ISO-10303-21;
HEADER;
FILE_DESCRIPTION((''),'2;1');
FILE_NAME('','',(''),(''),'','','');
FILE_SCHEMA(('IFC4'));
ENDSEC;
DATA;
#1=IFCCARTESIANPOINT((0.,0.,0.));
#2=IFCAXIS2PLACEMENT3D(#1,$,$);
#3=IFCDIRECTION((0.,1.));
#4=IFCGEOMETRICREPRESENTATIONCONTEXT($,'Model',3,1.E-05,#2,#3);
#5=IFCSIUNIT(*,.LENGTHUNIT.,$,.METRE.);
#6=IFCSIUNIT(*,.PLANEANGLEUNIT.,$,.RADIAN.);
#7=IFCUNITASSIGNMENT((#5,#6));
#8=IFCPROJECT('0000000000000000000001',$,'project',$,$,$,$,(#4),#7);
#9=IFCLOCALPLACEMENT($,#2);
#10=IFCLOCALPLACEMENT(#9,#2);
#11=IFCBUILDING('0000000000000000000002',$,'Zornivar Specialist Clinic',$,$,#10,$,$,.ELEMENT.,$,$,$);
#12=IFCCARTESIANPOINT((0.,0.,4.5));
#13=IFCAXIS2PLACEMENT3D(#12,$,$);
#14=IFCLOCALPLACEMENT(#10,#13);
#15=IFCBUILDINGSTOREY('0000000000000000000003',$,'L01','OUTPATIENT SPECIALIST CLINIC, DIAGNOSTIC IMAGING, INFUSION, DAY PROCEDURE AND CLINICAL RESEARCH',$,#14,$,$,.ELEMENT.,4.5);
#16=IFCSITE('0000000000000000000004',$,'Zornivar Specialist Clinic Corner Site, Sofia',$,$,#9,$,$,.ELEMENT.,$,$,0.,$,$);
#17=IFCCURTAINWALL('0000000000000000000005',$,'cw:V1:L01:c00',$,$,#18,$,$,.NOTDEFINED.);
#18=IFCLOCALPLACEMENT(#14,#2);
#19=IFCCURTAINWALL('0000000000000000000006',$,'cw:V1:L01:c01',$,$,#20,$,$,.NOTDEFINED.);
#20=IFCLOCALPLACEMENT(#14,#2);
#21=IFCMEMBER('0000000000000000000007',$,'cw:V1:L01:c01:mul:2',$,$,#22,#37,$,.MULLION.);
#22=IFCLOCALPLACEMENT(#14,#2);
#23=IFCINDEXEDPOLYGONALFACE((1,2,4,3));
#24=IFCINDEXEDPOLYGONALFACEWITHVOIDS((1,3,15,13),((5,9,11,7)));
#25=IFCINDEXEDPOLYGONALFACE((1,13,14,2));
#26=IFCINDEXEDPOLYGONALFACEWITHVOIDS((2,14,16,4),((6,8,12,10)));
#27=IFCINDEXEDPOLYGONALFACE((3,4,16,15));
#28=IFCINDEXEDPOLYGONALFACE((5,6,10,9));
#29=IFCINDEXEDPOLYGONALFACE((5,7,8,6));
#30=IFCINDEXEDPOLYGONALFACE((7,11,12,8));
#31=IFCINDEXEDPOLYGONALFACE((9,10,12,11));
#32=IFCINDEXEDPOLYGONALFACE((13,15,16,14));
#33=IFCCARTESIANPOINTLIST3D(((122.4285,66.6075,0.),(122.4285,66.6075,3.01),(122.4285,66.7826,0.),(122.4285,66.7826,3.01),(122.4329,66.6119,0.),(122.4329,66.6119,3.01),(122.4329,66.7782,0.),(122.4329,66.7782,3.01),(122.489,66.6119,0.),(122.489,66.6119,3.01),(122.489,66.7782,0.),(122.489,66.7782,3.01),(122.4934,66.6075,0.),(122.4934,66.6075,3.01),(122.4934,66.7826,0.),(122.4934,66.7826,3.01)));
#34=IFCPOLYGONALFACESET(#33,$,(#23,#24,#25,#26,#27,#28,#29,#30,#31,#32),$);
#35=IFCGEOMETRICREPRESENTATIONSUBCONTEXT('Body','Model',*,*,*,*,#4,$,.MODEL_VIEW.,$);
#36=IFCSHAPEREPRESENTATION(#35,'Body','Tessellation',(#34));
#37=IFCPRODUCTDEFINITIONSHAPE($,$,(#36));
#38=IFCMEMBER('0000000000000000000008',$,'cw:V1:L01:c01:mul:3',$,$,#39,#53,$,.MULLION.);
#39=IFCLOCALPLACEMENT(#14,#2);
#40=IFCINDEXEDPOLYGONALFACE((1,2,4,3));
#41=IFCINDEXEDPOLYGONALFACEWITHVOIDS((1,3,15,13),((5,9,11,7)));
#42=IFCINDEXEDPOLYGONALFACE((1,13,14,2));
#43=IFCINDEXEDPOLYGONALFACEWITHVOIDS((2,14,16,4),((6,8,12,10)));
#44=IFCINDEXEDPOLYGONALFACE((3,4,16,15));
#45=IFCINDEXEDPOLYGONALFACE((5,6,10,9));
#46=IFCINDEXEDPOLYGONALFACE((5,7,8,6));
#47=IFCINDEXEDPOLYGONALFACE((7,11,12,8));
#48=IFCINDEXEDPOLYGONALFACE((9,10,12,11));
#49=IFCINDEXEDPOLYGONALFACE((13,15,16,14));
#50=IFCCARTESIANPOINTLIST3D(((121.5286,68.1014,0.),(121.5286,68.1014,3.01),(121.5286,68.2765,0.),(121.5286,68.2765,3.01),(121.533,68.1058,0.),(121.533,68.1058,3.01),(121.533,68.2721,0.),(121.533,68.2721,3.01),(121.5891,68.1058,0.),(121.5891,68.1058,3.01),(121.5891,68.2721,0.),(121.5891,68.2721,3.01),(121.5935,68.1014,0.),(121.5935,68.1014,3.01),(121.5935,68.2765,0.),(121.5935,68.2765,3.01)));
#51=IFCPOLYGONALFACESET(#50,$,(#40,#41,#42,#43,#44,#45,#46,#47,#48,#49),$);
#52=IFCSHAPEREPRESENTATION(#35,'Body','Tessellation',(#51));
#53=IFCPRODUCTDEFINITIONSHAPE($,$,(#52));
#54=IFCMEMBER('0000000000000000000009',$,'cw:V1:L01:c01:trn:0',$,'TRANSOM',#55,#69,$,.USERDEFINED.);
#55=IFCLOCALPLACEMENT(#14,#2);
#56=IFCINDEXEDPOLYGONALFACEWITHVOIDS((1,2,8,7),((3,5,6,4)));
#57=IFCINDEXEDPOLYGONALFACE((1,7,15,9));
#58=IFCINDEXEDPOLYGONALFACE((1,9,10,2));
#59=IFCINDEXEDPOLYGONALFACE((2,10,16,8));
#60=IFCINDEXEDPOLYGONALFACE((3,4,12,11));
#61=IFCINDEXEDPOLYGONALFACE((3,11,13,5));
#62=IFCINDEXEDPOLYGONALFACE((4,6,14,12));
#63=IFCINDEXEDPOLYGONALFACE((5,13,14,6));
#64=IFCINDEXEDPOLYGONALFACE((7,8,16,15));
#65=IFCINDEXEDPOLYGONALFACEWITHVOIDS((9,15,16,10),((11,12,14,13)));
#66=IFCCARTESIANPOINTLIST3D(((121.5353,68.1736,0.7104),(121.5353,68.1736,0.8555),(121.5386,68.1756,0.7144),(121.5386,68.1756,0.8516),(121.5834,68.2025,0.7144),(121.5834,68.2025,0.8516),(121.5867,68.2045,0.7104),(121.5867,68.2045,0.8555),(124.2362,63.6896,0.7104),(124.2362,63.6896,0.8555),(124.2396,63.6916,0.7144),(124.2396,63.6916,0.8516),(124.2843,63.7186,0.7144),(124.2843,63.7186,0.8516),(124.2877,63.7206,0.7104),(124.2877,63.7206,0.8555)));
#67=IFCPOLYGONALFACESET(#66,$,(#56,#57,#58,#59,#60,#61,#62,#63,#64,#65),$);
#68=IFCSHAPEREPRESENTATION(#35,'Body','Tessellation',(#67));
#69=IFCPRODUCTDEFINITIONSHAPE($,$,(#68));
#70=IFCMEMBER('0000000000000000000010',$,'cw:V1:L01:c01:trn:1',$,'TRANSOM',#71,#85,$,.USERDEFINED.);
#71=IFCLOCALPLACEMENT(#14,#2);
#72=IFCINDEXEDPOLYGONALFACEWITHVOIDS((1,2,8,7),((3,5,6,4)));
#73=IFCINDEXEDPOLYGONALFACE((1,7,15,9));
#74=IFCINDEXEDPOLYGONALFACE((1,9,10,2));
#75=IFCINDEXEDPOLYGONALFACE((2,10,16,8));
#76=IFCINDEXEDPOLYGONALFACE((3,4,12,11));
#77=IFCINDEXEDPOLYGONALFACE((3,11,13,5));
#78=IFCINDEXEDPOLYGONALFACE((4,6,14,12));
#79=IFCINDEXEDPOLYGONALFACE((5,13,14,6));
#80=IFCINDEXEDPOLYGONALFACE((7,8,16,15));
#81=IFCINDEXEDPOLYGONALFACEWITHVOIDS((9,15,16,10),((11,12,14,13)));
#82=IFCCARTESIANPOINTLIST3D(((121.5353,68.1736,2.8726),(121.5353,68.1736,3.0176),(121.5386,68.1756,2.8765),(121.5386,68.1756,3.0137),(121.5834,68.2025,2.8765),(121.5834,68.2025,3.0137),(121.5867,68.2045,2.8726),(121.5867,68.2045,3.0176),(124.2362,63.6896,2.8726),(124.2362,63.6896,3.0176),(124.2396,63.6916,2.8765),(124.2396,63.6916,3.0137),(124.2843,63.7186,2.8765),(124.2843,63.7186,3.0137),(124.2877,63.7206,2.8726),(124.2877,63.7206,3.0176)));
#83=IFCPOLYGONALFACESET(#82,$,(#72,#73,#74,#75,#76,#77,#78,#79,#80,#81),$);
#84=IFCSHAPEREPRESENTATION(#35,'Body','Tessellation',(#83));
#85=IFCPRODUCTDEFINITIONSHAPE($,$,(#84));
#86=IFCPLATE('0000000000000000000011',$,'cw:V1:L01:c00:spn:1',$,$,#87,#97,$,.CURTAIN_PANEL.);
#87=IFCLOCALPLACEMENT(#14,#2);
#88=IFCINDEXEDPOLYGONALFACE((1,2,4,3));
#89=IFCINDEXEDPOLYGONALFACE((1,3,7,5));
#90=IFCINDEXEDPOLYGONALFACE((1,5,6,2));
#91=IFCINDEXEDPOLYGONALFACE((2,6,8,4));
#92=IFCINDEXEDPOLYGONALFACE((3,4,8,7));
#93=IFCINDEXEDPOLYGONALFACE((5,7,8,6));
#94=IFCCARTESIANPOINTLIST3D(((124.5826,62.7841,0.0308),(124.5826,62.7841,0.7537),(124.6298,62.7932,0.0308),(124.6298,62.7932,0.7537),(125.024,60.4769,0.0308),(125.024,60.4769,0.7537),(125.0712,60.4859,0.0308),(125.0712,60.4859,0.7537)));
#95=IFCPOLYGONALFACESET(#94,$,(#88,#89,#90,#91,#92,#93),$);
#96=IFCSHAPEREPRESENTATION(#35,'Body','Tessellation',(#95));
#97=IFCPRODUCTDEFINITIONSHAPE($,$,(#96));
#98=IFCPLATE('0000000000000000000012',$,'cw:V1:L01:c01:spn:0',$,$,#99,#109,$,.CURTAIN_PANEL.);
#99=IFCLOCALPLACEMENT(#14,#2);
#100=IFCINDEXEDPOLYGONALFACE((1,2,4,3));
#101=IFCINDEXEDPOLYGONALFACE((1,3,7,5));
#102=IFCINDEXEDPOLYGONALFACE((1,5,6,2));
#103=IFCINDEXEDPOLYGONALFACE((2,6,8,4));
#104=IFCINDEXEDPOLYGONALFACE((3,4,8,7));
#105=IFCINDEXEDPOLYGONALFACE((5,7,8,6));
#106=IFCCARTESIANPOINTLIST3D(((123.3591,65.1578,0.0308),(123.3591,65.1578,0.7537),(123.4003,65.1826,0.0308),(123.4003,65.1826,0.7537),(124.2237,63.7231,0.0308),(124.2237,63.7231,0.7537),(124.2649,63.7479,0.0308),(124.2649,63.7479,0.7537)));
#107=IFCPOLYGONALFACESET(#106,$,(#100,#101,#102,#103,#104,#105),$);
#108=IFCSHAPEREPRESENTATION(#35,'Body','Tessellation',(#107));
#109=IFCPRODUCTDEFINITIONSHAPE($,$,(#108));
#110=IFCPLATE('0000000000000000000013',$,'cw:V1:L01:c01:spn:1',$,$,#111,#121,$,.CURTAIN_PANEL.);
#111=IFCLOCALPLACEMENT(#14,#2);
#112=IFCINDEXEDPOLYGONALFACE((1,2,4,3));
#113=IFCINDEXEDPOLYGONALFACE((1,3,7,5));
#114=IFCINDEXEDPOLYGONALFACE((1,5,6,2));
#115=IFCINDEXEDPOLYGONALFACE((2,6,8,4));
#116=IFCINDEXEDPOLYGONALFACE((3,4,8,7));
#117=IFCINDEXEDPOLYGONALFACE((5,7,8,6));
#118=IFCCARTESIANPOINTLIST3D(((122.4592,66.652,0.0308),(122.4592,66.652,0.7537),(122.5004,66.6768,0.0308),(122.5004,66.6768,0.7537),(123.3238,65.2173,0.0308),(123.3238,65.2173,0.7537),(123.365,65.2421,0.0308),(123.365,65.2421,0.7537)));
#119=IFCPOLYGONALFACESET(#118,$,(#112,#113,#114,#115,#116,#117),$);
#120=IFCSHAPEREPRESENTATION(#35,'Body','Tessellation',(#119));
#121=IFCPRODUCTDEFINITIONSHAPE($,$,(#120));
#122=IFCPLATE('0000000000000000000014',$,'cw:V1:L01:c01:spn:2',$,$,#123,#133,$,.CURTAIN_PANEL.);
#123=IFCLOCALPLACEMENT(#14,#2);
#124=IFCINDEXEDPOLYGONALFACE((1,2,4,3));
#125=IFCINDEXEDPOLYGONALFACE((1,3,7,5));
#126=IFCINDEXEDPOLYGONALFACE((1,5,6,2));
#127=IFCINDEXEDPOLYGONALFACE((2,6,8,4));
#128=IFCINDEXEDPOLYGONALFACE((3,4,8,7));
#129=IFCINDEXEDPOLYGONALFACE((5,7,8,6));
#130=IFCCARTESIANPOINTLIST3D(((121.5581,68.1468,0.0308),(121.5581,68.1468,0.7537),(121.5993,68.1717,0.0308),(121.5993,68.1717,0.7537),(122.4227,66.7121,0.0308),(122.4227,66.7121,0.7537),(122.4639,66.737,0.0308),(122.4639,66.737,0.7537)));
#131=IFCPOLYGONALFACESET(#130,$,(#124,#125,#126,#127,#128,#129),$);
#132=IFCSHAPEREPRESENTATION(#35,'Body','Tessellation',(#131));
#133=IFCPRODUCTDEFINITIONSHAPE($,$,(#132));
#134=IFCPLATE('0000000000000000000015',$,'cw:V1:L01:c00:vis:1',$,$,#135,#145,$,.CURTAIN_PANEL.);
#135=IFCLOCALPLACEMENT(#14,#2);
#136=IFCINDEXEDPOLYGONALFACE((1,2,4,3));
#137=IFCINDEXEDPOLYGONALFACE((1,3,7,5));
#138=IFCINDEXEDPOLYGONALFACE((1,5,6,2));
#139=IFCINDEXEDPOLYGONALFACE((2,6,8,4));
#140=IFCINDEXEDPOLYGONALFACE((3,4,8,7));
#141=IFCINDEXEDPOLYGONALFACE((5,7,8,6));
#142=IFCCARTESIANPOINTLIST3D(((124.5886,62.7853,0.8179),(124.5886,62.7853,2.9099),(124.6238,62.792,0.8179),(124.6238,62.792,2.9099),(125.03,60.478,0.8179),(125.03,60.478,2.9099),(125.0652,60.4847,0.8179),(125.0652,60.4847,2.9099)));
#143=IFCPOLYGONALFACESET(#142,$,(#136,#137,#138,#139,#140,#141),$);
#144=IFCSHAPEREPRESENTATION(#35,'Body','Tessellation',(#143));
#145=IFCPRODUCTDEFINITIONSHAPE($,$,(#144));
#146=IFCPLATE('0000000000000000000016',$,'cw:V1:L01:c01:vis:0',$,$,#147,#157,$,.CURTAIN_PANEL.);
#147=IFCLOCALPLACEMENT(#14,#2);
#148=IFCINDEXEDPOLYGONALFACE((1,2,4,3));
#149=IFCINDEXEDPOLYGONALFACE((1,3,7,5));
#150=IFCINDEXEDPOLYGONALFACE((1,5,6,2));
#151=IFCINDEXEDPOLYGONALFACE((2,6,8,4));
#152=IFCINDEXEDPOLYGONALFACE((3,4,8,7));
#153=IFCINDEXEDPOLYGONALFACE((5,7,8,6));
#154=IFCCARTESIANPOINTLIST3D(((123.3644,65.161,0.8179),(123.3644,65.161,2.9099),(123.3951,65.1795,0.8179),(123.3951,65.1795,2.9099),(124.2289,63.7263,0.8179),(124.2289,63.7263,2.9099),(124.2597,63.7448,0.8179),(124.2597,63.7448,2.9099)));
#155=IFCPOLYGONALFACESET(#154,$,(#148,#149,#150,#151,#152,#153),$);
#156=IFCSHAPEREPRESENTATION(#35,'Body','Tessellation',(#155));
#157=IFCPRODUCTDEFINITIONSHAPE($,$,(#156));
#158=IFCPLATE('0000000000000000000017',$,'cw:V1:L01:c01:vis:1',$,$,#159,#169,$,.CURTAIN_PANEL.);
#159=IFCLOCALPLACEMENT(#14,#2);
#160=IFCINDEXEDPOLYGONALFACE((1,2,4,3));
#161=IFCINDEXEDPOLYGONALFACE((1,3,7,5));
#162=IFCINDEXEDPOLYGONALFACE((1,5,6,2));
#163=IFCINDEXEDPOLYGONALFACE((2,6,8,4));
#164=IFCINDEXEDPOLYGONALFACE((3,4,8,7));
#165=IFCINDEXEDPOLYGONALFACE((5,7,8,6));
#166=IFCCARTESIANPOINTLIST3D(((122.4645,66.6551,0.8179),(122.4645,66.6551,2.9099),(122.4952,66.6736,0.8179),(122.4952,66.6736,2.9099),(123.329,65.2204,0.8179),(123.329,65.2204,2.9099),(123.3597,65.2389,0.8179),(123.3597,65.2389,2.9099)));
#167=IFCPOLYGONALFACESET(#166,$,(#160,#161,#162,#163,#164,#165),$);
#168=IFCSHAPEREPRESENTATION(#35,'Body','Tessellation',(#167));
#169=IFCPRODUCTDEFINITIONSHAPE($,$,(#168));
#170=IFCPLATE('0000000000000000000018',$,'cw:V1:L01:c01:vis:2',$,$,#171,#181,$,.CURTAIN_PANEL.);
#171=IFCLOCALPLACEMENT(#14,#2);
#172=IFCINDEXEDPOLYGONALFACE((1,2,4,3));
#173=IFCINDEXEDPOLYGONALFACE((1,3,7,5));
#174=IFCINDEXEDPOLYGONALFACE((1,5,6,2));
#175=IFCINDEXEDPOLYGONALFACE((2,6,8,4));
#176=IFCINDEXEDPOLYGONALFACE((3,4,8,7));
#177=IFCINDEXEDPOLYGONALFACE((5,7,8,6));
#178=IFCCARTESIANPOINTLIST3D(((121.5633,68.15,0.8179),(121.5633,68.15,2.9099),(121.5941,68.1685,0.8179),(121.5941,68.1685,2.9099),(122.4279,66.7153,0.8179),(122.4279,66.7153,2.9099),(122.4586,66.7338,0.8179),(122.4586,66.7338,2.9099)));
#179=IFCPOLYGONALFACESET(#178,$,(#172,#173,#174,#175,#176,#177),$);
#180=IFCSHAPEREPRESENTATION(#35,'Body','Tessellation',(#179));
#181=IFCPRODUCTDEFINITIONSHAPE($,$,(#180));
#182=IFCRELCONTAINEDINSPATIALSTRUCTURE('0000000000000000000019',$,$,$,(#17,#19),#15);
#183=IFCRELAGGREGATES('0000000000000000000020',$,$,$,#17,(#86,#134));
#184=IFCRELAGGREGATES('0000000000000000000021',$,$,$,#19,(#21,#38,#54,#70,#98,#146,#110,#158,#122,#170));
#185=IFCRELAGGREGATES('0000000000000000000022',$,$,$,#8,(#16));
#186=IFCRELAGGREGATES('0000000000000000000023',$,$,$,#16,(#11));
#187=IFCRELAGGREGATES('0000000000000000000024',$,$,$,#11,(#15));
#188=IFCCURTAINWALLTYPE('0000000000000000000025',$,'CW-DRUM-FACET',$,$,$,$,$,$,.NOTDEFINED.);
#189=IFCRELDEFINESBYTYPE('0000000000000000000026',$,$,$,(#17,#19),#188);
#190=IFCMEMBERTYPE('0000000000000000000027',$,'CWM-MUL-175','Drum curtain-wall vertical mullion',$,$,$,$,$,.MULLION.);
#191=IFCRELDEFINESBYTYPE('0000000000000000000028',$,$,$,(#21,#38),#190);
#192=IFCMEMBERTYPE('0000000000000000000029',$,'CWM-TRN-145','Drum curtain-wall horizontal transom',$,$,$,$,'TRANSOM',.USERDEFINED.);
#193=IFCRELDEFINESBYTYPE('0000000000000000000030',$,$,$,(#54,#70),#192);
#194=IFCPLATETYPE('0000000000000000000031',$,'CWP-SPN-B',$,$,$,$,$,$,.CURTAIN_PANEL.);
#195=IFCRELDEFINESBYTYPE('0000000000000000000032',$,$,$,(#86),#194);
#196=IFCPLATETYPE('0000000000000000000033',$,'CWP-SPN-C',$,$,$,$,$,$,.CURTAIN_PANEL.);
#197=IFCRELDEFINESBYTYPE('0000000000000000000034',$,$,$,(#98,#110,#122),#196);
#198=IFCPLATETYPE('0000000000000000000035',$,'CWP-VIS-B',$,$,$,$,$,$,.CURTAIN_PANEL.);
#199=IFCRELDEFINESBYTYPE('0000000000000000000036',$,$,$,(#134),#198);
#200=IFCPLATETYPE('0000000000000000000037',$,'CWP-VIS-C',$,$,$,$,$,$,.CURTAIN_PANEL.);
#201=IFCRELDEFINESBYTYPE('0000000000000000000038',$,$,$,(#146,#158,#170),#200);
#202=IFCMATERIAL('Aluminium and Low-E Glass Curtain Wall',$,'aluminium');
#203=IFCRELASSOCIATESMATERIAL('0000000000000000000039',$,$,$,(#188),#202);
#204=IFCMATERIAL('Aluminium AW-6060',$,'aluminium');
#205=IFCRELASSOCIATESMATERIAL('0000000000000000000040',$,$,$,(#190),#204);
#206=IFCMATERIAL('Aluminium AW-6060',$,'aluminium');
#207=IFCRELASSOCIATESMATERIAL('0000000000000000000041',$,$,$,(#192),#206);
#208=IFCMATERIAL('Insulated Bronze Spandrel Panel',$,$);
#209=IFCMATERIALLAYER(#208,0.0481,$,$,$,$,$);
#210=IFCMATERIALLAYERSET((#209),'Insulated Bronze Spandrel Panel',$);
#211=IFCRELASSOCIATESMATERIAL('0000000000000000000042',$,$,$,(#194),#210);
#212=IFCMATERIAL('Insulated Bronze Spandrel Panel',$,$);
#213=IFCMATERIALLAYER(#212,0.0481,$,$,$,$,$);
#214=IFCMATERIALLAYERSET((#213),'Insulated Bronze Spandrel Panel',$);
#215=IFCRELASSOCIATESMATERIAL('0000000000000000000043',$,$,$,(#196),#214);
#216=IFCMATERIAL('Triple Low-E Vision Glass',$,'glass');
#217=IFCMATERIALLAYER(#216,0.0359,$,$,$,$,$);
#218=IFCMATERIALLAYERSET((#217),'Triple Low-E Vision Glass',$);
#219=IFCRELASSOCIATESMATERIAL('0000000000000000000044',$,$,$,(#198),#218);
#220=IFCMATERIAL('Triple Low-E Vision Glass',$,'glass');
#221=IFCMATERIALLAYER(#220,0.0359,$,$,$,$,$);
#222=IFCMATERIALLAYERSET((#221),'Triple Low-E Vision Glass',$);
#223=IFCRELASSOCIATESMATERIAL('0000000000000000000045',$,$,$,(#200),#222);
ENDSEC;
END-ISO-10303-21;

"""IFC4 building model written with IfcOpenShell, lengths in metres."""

from ifc_helpers import new_model, si_unit, direction, frame, origin, origin_2d, place, context, subcontext, project, spatial, rectangle, hollow_rectangle, extrude, material, layer, layer_set, material_profile, profile_set, type_object, element, aggregate, save


model = new_model("IFC4")

# Units and contexts
model_context = context("Model", 3, precision=1e-05, world=origin(), true_north=direction((0.0, 1.0)))
body_context = subcontext(model_context, "Body", "Model", "MODEL_VIEW")
ifc_project = project(units=[si_unit("LENGTHUNIT", "METRE"), si_unit("PLANEANGLEUNIT", "RADIAN")], contexts=[model_context])

# Site, building, storey
site_placement = place(None, origin())
site = spatial("IfcSite", under=ifc_project, at=site_placement, Name="Zornivar Specialist Clinic Corner Site, Sofia", CompositionType="ELEMENT", RefElevation=0.0)
building_placement = place(site_placement, origin())
building = spatial("IfcBuilding", under=site, at=building_placement, Name="Zornivar Specialist Clinic", CompositionType="ELEMENT")
storey_placement = place(building_placement, frame((0.0, 0.0, 4.5)))
storey = spatial("IfcBuildingStorey", under=building, at=storey_placement, Name="L01", Description="OUTPATIENT SPECIALIST CLINIC, DIAGNOSTIC IMAGING, INFUSION, DAY PROCEDURE AND CLINICAL RESEARCH", CompositionType="ELEMENT", Elevation=4.5)

# Curtain wall
ifc_material_1 = material(Name="Aluminium and Low-E Glass Curtain Wall", Category="aluminium")
curtain_wall_type = type_object("IfcCurtainWallType", Name="CW-DRUM-FACET", PredefinedType="NOTDEFINED", material=ifc_material_1)
curtain_wall_1_placement = place(storey_placement, origin())
curtain_wall_1 = element("IfcCurtainWall", 1, at=curtain_wall_1_placement, inside=storey, type_object=curtain_wall_type, Name="cw:V1:L01:c00", PredefinedType="NOTDEFINED")
ifc_material_2 = material(Name="Aluminium AW-6060", Category="aluminium")
ifc_material_profile_1 = material_profile(ifc_material_2, hollow_rectangle(XDim=0.0649, YDim=0.175, WallThickness=0.0044, at=origin_2d()), Name="ALU 65x175x4.5")
ifc_profile_set_1 = profile_set([ifc_material_profile_1], Name="Aluminium AW-6060")
member_type_1 = type_object("IfcMemberType", Name="CWM-MUL-175", Description="Drum curtain-wall vertical mullion", PredefinedType="MULLION", material=ifc_profile_set_1)

# Curtain wall, members
curtain_wall_2_placement = place(storey_placement, origin())
curtain_wall_2 = element("IfcCurtainWall", 2, at=curtain_wall_2_placement, inside=storey, type_object=curtain_wall_type, Name="cw:V1:L01:c01", PredefinedType="NOTDEFINED")
member_1_placement = place(storey_placement, frame((122.4609, 66.6951, 0.0), z_axis=(0.0, 0.0, 1.0), x_axis=(1.0, 0.0, 0.0)))
member_1 = element("IfcMember", 3, at=member_1_placement, type_object=member_type_1, Name="cw:V1:L01:c01:mul:2", PredefinedType="MULLION", context=body_context, shape_type="SweptSolid", body=[
    extrude(hollow_rectangle(XDim=0.0649, YDim=0.175, WallThickness=0.0044, at=origin_2d()), origin(), (0.0, 0.0, 1.0), 3.01),
])
member_2_placement = place(storey_placement, frame((121.561, 68.189, 0.0), z_axis=(0.0, 0.0, 1.0), x_axis=(1.0, 0.0, 0.0)))
member_2 = element("IfcMember", 4, at=member_2_placement, type_object=member_type_1, Name="cw:V1:L01:c01:mul:3", PredefinedType="MULLION", context=body_context, shape_type="SweptSolid", body=[
    extrude(hollow_rectangle(XDim=0.0649, YDim=0.175, WallThickness=0.0044, at=origin_2d()), origin(), (0.0, 0.0, 1.0), 3.01),
])
ifc_material_3 = material(Name="Aluminium AW-6060", Category="aluminium")
ifc_material_profile_2 = material_profile(ifc_material_3, hollow_rectangle(XDim=0.0601, YDim=0.145, WallThickness=0.0039, at=origin_2d()), Name="ALU 60x145x4")
ifc_profile_set_2 = profile_set([ifc_material_profile_2], Name="Aluminium AW-6060")
member_type_2 = type_object("IfcMemberType", Name="CWM-TRN-145", Description="Drum curtain-wall horizontal transom", ElementType="TRANSOM", PredefinedType="USERDEFINED", material=ifc_profile_set_2)
member_3_placement = place(storey_placement, frame((124.262, 63.7051, 0.783), z_axis=(-0.515983, 0.856599, 0.0), x_axis=(-0.856599, -0.515983, 0.0)))
member_3 = element("IfcMember", 5, at=member_3_placement, type_object=member_type_2, Name="cw:V1:L01:c01:trn:0", ObjectType="TRANSOM", PredefinedType="USERDEFINED", context=body_context, shape_type="SweptSolid", body=[
    extrude(hollow_rectangle(XDim=0.0601, YDim=0.145, WallThickness=0.0039, at=origin_2d()), origin(), (0.0, 0.0, 1.0), 5.2346),
])
member_4_placement = place(storey_placement, frame((124.262, 63.7051, 2.9451), z_axis=(-0.515983, 0.856599, 0.0), x_axis=(-0.856599, -0.515983, 0.0)))
member_4 = element("IfcMember", 6, at=member_4_placement, type_object=member_type_2, Name="cw:V1:L01:c01:trn:1", ObjectType="TRANSOM", PredefinedType="USERDEFINED", context=body_context, shape_type="SweptSolid", body=[
    extrude(hollow_rectangle(XDim=0.0601, YDim=0.145, WallThickness=0.0039, at=origin_2d()), origin(), (0.0, 0.0, 1.0), 5.2346),
])

# Plates
ifc_material_4 = material(Name="Insulated Bronze Spandrel Panel")
ifc_layer_1 = layer(ifc_material_4, 0.0481)
ifc_layer_set_1 = layer_set([ifc_layer_1], Name="Insulated Bronze Spandrel Panel")
plate_type_1 = type_object("IfcPlateType", Name="CWP-SPN-B", PredefinedType="CURTAIN_PANEL", material=ifc_layer_set_1)
plate_1_placement = place(storey_placement, frame((124.8269, 61.635, 0.0308), z_axis=(0.0, 0.0, 1.0), x_axis=(-0.187897, 0.982189, 0.0)))
plate_1 = element("IfcPlate", 7, at=plate_1_placement, type_object=plate_type_1, Name="cw:V1:L01:c00:spn:1", PredefinedType="CURTAIN_PANEL", context=body_context, shape_type="SweptSolid", body=[
    extrude(rectangle(XDim=2.3491, YDim=0.0481, at=origin_2d()), origin(), (0.0, 0.0, 1.0), 0.7229),
])
ifc_material_5 = material(Name="Insulated Bronze Spandrel Panel")
ifc_layer_2 = layer(ifc_material_5, 0.0481)
ifc_layer_set_2 = layer_set([ifc_layer_2], Name="Insulated Bronze Spandrel Panel")
plate_type_2 = type_object("IfcPlateType", Name="CWP-SPN-C", PredefinedType="CURTAIN_PANEL", material=ifc_layer_set_2)
plate_2_placement = place(storey_placement, frame((123.812, 64.4529, 0.0308), z_axis=(0.0, 0.0, 1.0), x_axis=(-0.516127, 0.856512, 0.0)))
plate_2 = element("IfcPlate", 8, at=plate_2_placement, type_object=plate_type_2, Name="cw:V1:L01:c01:spn:0", PredefinedType="CURTAIN_PANEL", context=body_context, shape_type="SweptSolid", body=[
    extrude(rectangle(XDim=1.675, YDim=0.0481, at=origin_2d()), origin(), (0.0, 0.0, 1.0), 0.7229),
])
plate_3_placement = place(storey_placement, frame((122.9121, 65.947, 0.0308), z_axis=(0.0, 0.0, 1.0), x_axis=(-0.516127, 0.856512, 0.0)))
plate_3 = element("IfcPlate", 9, at=plate_3_placement, type_object=plate_type_2, Name="cw:V1:L01:c01:spn:1", PredefinedType="CURTAIN_PANEL", context=body_context, shape_type="SweptSolid", body=[
    extrude(rectangle(XDim=1.675, YDim=0.0481, at=origin_2d()), origin(), (0.0, 0.0, 1.0), 0.7229),
])
plate_4_placement = place(storey_placement, frame((122.011, 67.4419, 0.0308), z_axis=(0.0, 0.0, 1.0), x_axis=(-0.516127, 0.856512, 0.0)))
plate_4 = element("IfcPlate", 10, at=plate_4_placement, type_object=plate_type_2, Name="cw:V1:L01:c01:spn:2", PredefinedType="CURTAIN_PANEL", context=body_context, shape_type="SweptSolid", body=[
    extrude(rectangle(XDim=1.675, YDim=0.0481, at=origin_2d()), origin(), (0.0, 0.0, 1.0), 0.7229),
])
ifc_material_6 = material(Name="Triple Low-E Vision Glass", Category="glass")
ifc_layer_3 = layer(ifc_material_6, 0.0359)
ifc_layer_set_3 = layer_set([ifc_layer_3], Name="Triple Low-E Vision Glass")
plate_type_3 = type_object("IfcPlateType", Name="CWP-VIS-B", PredefinedType="CURTAIN_PANEL", material=ifc_layer_set_3)
plate_5_placement = place(storey_placement, frame((124.8269, 61.635, 0.8179), z_axis=(0.0, 0.0, 1.0), x_axis=(-0.187897, 0.982189, 0.0)))
plate_5 = element("IfcPlate", 11, at=plate_5_placement, type_object=plate_type_3, Name="cw:V1:L01:c00:vis:1", PredefinedType="CURTAIN_PANEL", context=body_context, shape_type="SweptSolid", body=[
    extrude(rectangle(XDim=2.3491, YDim=0.0359, at=origin_2d()), origin(), (0.0, 0.0, 1.0), 2.092),
])
aggregate(curtain_wall_1, [plate_1, plate_5])
ifc_material_7 = material(Name="Triple Low-E Vision Glass", Category="glass")
ifc_layer_4 = layer(ifc_material_7, 0.0359)
ifc_layer_set_4 = layer_set([ifc_layer_4], Name="Triple Low-E Vision Glass")
plate_type_4 = type_object("IfcPlateType", Name="CWP-VIS-C", PredefinedType="CURTAIN_PANEL", material=ifc_layer_set_4)
plate_6_placement = place(storey_placement, frame((123.812, 64.4529, 0.8179), z_axis=(0.0, 0.0, 1.0), x_axis=(-0.516127, 0.856512, 0.0)))
plate_6 = element("IfcPlate", 12, at=plate_6_placement, type_object=plate_type_4, Name="cw:V1:L01:c01:vis:0", PredefinedType="CURTAIN_PANEL", context=body_context, shape_type="SweptSolid", body=[
    extrude(rectangle(XDim=1.675, YDim=0.0359, at=origin_2d()), origin(), (0.0, 0.0, 1.0), 2.092),
])
plate_7_placement = place(storey_placement, frame((122.9121, 65.947, 0.8179), z_axis=(0.0, 0.0, 1.0), x_axis=(-0.516127, 0.856512, 0.0)))
plate_7 = element("IfcPlate", 13, at=plate_7_placement, type_object=plate_type_4, Name="cw:V1:L01:c01:vis:1", PredefinedType="CURTAIN_PANEL", context=body_context, shape_type="SweptSolid", body=[
    extrude(rectangle(XDim=1.675, YDim=0.0359, at=origin_2d()), origin(), (0.0, 0.0, 1.0), 2.092),
])
plate_8_placement = place(storey_placement, frame((122.011, 67.4419, 0.8179), z_axis=(0.0, 0.0, 1.0), x_axis=(-0.516127, 0.856512, 0.0)))
plate_8 = element("IfcPlate", 14, at=plate_8_placement, type_object=plate_type_4, Name="cw:V1:L01:c01:vis:2", PredefinedType="CURTAIN_PANEL", context=body_context, shape_type="SweptSolid", body=[
    extrude(rectangle(XDim=1.675, YDim=0.0359, at=origin_2d()), origin(), (0.0, 0.0, 1.0), 2.092),
])
aggregate(curtain_wall_2, [member_1, member_2, member_3, member_4, plate_2, plate_6, plate_3, plate_7, plate_4, plate_8])

save(model, "model.ifc")
